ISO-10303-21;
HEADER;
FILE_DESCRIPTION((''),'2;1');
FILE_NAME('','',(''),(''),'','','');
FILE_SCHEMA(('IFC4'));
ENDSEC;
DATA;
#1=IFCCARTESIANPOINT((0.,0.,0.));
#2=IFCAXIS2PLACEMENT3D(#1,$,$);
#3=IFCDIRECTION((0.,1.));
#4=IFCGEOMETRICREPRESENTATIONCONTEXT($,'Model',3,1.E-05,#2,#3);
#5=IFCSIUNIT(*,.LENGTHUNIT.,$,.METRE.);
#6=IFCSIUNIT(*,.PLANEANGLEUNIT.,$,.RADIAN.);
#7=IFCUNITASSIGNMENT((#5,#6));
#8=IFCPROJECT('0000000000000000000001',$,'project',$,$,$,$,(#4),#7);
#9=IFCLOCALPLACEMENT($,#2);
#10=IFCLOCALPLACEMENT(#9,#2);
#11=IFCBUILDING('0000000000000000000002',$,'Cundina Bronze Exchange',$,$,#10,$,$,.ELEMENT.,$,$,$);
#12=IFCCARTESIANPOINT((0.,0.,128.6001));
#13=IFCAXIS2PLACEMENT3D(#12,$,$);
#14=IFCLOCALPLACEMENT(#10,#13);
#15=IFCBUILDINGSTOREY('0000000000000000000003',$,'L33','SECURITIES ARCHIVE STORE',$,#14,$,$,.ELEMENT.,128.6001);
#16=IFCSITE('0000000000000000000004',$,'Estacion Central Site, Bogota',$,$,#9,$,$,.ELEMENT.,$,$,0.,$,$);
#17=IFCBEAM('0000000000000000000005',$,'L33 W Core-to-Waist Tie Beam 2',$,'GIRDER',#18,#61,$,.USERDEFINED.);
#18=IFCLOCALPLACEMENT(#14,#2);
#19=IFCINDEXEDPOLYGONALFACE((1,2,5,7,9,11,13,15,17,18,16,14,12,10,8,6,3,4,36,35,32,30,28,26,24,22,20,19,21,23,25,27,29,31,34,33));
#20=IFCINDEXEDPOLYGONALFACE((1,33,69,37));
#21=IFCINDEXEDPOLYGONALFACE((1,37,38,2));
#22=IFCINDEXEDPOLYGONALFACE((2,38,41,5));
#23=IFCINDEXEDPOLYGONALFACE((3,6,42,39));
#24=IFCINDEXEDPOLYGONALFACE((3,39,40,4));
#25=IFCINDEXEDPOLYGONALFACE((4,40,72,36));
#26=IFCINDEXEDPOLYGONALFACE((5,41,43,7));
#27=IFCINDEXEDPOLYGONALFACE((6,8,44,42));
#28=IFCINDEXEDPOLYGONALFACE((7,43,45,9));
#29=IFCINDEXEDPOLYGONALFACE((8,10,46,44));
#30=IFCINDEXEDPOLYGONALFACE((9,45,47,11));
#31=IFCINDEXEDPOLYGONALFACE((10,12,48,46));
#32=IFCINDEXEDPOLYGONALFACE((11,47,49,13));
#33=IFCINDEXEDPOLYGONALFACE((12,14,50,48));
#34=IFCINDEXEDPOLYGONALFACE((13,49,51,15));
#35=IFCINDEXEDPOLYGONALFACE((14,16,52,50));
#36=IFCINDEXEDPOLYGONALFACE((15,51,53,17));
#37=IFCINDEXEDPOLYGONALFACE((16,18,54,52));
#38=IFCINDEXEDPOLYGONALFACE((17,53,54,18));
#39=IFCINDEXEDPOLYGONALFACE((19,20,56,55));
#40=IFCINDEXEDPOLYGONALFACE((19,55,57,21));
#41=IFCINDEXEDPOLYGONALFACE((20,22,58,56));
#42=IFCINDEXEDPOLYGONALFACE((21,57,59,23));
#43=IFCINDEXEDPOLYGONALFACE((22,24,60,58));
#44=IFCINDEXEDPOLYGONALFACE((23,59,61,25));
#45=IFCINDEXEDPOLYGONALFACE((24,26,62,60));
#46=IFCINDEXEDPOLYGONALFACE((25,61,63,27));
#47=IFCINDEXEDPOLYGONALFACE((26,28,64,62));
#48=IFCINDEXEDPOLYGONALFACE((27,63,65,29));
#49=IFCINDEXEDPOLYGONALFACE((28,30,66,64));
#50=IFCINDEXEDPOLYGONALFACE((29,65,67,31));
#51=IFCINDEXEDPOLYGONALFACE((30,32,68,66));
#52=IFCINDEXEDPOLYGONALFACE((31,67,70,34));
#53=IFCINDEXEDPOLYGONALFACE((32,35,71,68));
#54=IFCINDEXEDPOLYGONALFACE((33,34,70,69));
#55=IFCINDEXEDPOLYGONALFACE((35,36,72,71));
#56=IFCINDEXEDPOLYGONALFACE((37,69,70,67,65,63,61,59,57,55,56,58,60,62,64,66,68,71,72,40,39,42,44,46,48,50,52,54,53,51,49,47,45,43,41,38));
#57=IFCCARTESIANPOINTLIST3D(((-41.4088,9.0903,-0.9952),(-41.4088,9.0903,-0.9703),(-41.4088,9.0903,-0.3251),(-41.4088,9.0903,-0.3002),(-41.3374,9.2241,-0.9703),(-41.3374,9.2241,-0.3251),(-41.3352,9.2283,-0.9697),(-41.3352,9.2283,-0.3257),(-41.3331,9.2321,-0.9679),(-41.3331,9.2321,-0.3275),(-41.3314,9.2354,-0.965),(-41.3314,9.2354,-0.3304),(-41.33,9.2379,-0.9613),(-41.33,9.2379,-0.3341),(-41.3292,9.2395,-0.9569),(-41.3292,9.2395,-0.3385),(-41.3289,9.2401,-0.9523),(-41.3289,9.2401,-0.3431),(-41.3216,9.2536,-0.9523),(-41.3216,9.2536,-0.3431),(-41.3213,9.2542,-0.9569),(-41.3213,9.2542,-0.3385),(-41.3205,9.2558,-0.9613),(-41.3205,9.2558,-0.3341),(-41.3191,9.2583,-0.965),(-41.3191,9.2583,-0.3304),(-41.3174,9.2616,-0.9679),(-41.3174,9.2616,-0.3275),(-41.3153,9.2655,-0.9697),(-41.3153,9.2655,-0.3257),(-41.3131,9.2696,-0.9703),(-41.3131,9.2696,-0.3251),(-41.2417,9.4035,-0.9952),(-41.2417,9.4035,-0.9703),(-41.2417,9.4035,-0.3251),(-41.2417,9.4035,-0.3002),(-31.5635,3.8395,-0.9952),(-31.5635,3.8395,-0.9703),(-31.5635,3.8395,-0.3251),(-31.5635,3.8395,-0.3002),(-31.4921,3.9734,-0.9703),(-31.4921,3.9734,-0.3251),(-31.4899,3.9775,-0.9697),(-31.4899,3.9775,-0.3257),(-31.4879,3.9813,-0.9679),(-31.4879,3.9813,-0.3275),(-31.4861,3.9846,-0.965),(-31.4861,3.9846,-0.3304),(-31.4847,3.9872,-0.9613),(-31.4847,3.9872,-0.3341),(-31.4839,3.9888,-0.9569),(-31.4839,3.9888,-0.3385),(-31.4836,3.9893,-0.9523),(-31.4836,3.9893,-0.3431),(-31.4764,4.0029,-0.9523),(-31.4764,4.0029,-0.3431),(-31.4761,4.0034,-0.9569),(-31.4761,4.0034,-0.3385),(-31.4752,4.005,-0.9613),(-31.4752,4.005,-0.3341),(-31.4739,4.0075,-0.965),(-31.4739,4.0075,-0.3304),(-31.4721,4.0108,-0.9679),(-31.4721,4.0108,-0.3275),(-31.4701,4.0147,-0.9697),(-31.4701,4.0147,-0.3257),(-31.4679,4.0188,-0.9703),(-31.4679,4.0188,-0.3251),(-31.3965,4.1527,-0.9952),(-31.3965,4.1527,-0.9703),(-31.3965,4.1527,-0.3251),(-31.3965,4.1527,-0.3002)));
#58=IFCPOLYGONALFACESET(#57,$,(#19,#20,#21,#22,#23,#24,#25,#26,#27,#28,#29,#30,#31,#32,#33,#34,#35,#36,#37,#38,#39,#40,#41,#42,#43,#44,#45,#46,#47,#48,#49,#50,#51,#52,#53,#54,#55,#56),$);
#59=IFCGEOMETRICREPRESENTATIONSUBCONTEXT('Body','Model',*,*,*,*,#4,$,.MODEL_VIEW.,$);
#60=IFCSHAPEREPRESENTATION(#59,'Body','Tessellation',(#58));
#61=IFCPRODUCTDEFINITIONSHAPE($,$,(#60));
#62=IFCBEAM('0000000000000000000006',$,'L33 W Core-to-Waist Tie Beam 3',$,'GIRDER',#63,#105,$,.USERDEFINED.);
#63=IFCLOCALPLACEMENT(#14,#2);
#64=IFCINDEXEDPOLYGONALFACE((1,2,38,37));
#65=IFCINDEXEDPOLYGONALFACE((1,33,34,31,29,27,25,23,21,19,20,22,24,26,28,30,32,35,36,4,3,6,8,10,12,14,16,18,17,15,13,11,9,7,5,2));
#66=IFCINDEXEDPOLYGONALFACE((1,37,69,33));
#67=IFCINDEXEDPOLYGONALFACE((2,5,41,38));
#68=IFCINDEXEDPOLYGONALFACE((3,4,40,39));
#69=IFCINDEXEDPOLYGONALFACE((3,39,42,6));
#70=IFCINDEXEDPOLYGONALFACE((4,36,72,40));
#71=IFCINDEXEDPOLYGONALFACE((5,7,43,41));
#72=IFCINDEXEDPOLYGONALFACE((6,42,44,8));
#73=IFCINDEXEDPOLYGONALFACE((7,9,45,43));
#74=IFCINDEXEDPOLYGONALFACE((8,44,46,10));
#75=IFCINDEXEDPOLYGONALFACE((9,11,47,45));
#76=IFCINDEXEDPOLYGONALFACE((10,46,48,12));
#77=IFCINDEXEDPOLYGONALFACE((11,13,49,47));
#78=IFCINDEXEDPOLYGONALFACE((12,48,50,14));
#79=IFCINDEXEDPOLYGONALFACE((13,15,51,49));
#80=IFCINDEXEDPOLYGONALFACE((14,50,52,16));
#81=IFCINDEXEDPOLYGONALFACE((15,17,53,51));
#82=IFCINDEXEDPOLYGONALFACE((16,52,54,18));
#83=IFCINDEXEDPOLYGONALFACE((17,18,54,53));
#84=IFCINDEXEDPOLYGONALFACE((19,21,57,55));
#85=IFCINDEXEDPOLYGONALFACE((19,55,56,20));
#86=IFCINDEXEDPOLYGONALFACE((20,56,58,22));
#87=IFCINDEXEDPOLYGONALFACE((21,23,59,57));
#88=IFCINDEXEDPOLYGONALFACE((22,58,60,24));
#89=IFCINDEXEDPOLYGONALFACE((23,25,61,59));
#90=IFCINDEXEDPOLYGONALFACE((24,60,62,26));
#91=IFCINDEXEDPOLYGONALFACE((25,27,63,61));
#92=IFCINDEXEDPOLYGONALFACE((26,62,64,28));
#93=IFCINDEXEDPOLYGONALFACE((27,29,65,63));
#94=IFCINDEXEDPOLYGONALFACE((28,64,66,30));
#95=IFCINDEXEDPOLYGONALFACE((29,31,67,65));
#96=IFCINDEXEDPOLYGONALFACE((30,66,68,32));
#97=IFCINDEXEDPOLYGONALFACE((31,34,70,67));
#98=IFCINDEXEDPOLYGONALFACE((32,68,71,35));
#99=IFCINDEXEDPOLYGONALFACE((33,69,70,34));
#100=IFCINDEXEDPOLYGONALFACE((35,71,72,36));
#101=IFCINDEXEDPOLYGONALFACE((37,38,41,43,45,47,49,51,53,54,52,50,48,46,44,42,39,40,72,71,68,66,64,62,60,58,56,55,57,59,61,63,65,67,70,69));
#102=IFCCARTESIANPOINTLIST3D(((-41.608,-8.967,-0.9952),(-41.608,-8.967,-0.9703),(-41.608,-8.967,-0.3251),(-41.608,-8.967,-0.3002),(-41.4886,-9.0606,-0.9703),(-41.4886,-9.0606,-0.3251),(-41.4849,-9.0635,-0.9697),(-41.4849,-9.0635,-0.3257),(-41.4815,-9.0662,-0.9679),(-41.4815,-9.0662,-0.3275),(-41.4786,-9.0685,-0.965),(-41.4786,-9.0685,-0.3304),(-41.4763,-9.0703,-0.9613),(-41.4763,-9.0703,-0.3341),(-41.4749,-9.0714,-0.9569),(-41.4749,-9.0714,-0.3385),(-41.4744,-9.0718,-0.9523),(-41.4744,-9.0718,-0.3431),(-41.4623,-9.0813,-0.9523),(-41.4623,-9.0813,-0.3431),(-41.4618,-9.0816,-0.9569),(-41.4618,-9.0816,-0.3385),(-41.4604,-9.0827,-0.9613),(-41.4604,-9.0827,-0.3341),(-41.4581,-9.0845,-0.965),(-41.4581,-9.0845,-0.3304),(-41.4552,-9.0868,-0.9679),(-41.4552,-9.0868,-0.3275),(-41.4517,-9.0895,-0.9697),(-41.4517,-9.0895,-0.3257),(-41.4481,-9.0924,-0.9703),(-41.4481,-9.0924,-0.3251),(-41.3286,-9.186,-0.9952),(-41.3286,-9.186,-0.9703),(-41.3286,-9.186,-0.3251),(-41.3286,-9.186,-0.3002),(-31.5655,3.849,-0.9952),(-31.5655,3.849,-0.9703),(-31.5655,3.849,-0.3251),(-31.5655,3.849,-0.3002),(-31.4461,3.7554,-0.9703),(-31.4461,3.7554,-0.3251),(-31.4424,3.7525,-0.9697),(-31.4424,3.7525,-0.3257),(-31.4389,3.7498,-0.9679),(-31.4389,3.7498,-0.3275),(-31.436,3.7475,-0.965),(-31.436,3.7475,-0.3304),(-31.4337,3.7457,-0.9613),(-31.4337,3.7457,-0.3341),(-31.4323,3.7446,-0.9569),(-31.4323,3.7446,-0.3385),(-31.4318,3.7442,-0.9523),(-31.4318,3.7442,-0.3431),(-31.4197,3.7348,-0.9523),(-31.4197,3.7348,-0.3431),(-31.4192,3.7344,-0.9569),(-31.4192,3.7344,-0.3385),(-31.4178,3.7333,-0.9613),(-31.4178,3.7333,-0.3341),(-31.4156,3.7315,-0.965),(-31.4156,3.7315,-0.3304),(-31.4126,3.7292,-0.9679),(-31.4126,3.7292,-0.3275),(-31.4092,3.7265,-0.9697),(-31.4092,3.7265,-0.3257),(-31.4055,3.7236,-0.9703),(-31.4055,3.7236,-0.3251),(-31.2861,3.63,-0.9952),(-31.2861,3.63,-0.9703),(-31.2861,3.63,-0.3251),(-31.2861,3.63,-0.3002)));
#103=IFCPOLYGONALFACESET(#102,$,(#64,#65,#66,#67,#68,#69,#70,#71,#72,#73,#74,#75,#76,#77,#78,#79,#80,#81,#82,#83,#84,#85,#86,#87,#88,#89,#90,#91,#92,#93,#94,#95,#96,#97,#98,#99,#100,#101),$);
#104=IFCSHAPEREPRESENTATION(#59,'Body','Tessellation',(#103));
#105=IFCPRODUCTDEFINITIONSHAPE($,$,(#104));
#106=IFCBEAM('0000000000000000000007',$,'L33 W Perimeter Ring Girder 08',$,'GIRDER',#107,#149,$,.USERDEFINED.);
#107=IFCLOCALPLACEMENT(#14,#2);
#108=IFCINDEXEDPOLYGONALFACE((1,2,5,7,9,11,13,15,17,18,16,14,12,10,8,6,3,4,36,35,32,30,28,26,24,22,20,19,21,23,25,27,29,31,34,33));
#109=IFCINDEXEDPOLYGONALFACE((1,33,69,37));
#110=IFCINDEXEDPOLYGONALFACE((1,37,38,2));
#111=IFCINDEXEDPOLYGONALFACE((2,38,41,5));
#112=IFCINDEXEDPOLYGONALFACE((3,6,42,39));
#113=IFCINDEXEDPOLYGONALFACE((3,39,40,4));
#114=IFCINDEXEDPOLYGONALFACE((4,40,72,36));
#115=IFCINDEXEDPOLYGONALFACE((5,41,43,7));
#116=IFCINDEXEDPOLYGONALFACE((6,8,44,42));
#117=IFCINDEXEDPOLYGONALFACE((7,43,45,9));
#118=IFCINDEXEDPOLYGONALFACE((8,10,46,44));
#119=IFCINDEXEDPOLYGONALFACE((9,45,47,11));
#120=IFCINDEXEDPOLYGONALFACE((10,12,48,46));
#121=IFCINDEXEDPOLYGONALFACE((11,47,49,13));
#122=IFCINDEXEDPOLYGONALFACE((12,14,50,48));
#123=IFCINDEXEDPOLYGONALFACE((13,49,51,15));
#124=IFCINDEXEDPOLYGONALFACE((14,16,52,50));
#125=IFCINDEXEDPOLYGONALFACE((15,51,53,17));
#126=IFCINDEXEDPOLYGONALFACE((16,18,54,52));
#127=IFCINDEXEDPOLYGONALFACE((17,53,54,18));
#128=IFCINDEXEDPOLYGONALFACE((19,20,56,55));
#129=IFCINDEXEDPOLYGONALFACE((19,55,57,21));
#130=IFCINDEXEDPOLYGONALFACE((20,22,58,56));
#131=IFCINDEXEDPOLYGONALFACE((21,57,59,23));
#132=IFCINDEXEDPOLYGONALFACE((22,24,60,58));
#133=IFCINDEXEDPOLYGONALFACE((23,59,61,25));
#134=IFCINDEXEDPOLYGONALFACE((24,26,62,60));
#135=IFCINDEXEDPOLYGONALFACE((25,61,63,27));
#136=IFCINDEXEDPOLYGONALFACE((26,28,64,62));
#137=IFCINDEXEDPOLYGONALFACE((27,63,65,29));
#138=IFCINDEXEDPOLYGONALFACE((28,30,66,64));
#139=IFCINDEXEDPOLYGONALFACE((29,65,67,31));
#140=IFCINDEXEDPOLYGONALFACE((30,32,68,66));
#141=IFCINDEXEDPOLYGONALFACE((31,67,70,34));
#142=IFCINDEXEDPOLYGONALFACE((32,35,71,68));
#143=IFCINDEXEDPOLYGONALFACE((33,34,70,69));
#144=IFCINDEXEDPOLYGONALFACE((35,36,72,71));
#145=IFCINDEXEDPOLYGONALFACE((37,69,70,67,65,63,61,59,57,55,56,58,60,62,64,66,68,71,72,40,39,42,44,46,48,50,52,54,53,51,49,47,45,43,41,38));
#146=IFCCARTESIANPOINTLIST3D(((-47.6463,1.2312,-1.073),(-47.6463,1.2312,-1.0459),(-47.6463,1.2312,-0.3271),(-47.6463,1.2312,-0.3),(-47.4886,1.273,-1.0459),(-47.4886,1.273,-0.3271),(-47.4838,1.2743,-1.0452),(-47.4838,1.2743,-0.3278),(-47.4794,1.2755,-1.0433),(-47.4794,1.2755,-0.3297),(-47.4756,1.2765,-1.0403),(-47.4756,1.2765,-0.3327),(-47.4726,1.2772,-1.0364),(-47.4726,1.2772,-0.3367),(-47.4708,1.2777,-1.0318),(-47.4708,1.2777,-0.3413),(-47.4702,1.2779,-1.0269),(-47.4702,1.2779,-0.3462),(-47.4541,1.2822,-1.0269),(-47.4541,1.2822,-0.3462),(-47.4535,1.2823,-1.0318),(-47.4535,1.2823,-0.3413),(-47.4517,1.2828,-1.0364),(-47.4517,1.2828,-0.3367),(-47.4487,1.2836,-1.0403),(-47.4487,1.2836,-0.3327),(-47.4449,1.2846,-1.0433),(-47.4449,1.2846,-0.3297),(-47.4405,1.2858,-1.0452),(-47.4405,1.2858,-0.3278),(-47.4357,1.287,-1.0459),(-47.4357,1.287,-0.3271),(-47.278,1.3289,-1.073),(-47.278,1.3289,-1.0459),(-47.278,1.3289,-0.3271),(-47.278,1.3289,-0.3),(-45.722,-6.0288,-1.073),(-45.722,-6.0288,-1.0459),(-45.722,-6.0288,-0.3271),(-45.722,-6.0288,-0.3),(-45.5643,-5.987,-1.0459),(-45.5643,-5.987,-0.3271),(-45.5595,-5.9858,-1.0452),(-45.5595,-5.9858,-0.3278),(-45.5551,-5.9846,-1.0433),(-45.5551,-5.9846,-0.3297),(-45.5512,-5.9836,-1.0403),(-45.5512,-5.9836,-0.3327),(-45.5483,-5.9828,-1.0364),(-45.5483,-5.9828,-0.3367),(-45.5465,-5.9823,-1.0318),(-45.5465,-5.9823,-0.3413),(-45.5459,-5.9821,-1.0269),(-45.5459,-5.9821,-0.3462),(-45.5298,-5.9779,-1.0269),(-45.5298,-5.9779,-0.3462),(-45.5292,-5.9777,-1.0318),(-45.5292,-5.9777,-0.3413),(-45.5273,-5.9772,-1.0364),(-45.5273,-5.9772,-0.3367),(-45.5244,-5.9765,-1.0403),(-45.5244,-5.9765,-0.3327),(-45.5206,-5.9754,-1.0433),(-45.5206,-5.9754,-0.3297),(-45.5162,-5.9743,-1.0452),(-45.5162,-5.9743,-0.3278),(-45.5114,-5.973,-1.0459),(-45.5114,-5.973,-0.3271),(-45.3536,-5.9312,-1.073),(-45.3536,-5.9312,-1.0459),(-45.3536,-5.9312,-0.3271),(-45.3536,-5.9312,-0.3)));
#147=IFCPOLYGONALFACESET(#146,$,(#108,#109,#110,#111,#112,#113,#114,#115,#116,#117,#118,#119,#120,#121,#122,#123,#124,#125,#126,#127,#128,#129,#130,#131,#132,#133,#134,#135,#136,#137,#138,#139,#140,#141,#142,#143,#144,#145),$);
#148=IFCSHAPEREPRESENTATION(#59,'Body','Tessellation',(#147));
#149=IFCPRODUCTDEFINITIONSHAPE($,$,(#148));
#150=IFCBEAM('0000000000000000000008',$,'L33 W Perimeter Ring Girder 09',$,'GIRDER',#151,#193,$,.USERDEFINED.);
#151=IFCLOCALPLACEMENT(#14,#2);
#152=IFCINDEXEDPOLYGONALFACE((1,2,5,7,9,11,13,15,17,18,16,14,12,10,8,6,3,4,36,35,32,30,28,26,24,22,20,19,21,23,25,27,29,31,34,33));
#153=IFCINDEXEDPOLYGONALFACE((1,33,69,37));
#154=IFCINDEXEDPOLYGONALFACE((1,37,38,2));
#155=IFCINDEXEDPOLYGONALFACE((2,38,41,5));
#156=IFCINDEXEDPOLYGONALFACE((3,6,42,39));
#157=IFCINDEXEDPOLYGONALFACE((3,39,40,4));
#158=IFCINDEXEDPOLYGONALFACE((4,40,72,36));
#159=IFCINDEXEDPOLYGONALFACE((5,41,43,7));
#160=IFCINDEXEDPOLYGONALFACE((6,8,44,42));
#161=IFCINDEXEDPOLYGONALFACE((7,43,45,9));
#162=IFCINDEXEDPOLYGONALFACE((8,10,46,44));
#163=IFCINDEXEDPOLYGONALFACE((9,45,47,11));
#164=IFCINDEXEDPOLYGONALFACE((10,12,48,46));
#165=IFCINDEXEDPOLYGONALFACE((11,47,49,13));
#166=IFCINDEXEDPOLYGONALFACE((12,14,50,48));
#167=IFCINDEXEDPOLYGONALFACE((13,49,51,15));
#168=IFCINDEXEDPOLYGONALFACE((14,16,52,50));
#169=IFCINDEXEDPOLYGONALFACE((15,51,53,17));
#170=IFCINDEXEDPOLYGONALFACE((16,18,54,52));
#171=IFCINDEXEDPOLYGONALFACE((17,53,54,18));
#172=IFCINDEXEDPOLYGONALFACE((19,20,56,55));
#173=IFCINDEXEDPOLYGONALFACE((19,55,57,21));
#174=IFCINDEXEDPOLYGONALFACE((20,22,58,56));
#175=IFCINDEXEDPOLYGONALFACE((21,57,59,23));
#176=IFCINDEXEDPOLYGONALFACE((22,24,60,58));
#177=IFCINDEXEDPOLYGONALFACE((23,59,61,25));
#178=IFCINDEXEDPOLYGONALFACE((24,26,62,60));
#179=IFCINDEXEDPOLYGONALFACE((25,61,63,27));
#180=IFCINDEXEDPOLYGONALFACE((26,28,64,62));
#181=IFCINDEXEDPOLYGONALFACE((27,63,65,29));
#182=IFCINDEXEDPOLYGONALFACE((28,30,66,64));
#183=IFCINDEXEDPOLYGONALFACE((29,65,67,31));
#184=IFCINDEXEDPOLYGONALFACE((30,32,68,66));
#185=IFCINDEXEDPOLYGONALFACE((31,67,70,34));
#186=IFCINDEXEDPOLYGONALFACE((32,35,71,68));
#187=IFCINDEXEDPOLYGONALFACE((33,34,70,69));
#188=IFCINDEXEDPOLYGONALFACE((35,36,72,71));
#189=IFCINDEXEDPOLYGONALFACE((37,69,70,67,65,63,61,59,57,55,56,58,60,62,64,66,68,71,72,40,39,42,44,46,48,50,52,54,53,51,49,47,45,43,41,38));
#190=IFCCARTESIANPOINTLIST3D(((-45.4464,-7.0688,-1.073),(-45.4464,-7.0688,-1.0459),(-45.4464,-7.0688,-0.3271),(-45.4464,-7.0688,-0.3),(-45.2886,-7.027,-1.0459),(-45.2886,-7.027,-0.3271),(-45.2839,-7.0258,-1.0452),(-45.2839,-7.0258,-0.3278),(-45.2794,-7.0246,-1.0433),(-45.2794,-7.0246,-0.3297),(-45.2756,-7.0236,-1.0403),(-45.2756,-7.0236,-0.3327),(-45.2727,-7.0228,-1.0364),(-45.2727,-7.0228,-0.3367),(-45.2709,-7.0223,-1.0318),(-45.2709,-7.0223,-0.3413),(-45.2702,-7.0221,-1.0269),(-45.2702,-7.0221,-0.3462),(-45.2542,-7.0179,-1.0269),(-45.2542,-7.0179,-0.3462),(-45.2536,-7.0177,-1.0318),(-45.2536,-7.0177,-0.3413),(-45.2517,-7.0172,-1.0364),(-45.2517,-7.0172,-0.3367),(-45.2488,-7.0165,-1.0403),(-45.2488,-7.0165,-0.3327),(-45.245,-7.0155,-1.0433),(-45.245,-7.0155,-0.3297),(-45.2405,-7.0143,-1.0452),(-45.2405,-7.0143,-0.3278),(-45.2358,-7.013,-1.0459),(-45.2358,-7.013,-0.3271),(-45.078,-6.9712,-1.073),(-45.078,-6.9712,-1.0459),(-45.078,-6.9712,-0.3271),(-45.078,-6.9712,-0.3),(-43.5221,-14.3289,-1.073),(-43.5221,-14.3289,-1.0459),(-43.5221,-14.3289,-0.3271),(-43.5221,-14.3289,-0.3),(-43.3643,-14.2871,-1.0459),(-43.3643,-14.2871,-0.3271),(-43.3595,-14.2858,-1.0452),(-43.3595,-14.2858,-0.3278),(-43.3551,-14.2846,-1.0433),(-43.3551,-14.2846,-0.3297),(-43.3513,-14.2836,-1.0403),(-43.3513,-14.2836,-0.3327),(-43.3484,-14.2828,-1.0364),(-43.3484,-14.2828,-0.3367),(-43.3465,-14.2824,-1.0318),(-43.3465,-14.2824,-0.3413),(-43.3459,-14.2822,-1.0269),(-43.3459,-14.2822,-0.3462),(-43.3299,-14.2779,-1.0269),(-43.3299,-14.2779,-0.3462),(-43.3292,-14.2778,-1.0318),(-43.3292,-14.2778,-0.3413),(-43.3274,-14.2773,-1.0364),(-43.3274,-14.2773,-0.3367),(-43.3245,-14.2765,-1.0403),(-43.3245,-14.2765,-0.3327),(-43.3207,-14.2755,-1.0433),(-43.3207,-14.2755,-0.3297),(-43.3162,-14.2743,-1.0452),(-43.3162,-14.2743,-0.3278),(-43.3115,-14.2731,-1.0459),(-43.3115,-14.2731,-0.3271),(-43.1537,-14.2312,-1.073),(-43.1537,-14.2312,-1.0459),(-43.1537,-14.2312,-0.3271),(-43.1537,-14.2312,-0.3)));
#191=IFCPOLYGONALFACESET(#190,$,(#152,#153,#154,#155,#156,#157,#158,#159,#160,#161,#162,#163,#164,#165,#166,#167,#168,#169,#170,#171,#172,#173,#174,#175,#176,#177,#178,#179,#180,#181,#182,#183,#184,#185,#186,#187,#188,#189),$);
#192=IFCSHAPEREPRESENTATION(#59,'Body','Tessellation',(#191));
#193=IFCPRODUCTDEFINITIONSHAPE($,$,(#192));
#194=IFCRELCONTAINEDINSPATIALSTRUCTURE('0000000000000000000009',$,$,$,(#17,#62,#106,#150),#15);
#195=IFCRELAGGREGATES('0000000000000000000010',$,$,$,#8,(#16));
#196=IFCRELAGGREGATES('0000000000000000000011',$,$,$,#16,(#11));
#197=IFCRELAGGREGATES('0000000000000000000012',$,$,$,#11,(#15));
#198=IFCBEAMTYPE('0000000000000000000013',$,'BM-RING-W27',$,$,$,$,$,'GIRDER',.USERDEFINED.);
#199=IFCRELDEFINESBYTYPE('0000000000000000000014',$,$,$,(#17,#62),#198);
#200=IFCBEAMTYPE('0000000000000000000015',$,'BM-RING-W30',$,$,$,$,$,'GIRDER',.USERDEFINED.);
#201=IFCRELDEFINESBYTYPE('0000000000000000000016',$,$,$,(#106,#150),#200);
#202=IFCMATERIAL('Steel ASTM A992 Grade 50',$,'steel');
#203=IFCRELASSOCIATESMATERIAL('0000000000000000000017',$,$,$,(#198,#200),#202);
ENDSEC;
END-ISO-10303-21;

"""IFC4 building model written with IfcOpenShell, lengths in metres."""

from ifc_helpers import new_model, si_unit, direction, frame, origin, origin_2d, place, context, subcontext, project, spatial, i_section, extrude, material, material_profile, profile_set, type_object, element, save


model = new_model("IFC4")

# Units and contexts
model_context = context("Model", 3, precision=1e-05, world=origin(), true_north=direction((0.0, 1.0)))
body_context = subcontext(model_context, "Body", "Model", "MODEL_VIEW")
ifc_project = project(units=[si_unit("LENGTHUNIT", "METRE"), si_unit("PLANEANGLEUNIT", "RADIAN")], contexts=[model_context])

# Site, building, storey
site_placement = place(None, origin())
site = spatial("IfcSite", under=ifc_project, at=site_placement, Name="Estacion Central Site, Bogota", CompositionType="ELEMENT", RefElevation=0.0)
building_placement = place(site_placement, origin())
building = spatial("IfcBuilding", under=site, at=building_placement, Name="Cundina Bronze Exchange", CompositionType="ELEMENT")
storey_placement = place(building_placement, frame((0.0, 0.0, 128.6001)))
storey = spatial("IfcBuildingStorey", under=building, at=storey_placement, Name="L33", Description="SECURITIES ARCHIVE STORE", CompositionType="ELEMENT", Elevation=128.6001)

# Shared definitions
ifc_material_1 = material(Name="Steel ASTM A992 Grade 50", Category="steel")

# Beams
ifc_material_profile_1 = material_profile(ifc_material_1, i_section(OverallWidth=0.355, OverallDepth=0.6951, WebThickness=0.0154, FlangeThickness=0.0249, FilletRadius=0.0181, at=origin_2d()), Name="W27X146", Category="steel")
ifc_profile_set_1 = profile_set([ifc_material_profile_1], Name="Steel ASTM A992 Grade 50")
beam_type_1 = type_object("IfcBeamType", Name="BM-RING-W27", ElementType="GIRDER", PredefinedType="USERDEFINED", material=ifc_profile_set_1)
beam_1_placement = place(storey_placement, frame((-31.48, 3.9961, -0.6477), z_axis=(-0.882355, 0.470585, 0.0), x_axis=(-0.470585, -0.882355, 0.0)))
element("IfcBeam", 1, at=beam_1_placement, inside=storey, type_object=beam_type_1, Name="L33 W Core-to-Waist Tie Beam 2", ObjectType="GIRDER", PredefinedType="USERDEFINED", context=body_context, shape_type="SweptSolid", body=[
    extrude(i_section(OverallWidth=0.355, OverallDepth=0.6951, WebThickness=0.0154, FlangeThickness=0.0249, FilletRadius=0.0181, at=origin_2d()), origin(), (0.0, 0.0, 1.0), 11.158),
])
beam_2_placement = place(storey_placement, frame((-31.4258, 3.7395, -0.6477), z_axis=(-0.616789, -0.787128, 0.0), x_axis=(0.787128, -0.616789, 0.0)))
element("IfcBeam", 2, at=beam_2_placement, inside=storey, type_object=beam_type_1, Name="L33 W Core-to-Waist Tie Beam 3", ObjectType="GIRDER", PredefinedType="USERDEFINED", context=body_context, shape_type="SweptSolid", body=[
    extrude(i_section(OverallWidth=0.355, OverallDepth=0.6951, WebThickness=0.0154, FlangeThickness=0.0249, FilletRadius=0.0181, at=origin_2d()), origin(), (0.0, 0.0, 1.0), 16.282),
])
ifc_material_profile_2 = material_profile(ifc_material_1, i_section(OverallWidth=0.3811, OverallDepth=0.7729, WebThickness=0.0166, FlangeThickness=0.0271, FilletRadius=0.019, at=origin_2d()), Name="W30X173", Category="steel")
ifc_profile_set_2 = profile_set([ifc_material_profile_2], Name="Steel ASTM A992 Grade 50")
beam_type_2 = type_object("IfcBeamType", Name="BM-RING-W30", ElementType="GIRDER", PredefinedType="USERDEFINED", material=ifc_profile_set_2)
for number, where, z_axis, x_axis, name in (
    (3, (-47.4622, 1.28, -0.6865), (0.25621, -0.966621, 0.0), (0.966621, 0.25621, 0.0), "L33 W Perimeter Ring Girder 08"),
    (4, (-45.2622, -7.02, -0.6865), (0.25621, -0.966621, 0.0), (0.966621, 0.25621, 0.0), "L33 W Perimeter Ring Girder 09"),
):
    element("IfcBeam", number, at=place(storey_placement, frame(where, z_axis=z_axis, x_axis=x_axis)), inside=storey, type_object=beam_type_2, Name=name, ObjectType="GIRDER", PredefinedType="USERDEFINED", context=body_context, shape_type="SweptSolid", body=[
        extrude(i_section(OverallWidth=0.3811, OverallDepth=0.7729, WebThickness=0.0166, FlangeThickness=0.0271, FilletRadius=0.019, at=origin_2d()), origin(), (0.0, 0.0, 1.0), 7.5107),
    ])

save(model, "model.ifc")
